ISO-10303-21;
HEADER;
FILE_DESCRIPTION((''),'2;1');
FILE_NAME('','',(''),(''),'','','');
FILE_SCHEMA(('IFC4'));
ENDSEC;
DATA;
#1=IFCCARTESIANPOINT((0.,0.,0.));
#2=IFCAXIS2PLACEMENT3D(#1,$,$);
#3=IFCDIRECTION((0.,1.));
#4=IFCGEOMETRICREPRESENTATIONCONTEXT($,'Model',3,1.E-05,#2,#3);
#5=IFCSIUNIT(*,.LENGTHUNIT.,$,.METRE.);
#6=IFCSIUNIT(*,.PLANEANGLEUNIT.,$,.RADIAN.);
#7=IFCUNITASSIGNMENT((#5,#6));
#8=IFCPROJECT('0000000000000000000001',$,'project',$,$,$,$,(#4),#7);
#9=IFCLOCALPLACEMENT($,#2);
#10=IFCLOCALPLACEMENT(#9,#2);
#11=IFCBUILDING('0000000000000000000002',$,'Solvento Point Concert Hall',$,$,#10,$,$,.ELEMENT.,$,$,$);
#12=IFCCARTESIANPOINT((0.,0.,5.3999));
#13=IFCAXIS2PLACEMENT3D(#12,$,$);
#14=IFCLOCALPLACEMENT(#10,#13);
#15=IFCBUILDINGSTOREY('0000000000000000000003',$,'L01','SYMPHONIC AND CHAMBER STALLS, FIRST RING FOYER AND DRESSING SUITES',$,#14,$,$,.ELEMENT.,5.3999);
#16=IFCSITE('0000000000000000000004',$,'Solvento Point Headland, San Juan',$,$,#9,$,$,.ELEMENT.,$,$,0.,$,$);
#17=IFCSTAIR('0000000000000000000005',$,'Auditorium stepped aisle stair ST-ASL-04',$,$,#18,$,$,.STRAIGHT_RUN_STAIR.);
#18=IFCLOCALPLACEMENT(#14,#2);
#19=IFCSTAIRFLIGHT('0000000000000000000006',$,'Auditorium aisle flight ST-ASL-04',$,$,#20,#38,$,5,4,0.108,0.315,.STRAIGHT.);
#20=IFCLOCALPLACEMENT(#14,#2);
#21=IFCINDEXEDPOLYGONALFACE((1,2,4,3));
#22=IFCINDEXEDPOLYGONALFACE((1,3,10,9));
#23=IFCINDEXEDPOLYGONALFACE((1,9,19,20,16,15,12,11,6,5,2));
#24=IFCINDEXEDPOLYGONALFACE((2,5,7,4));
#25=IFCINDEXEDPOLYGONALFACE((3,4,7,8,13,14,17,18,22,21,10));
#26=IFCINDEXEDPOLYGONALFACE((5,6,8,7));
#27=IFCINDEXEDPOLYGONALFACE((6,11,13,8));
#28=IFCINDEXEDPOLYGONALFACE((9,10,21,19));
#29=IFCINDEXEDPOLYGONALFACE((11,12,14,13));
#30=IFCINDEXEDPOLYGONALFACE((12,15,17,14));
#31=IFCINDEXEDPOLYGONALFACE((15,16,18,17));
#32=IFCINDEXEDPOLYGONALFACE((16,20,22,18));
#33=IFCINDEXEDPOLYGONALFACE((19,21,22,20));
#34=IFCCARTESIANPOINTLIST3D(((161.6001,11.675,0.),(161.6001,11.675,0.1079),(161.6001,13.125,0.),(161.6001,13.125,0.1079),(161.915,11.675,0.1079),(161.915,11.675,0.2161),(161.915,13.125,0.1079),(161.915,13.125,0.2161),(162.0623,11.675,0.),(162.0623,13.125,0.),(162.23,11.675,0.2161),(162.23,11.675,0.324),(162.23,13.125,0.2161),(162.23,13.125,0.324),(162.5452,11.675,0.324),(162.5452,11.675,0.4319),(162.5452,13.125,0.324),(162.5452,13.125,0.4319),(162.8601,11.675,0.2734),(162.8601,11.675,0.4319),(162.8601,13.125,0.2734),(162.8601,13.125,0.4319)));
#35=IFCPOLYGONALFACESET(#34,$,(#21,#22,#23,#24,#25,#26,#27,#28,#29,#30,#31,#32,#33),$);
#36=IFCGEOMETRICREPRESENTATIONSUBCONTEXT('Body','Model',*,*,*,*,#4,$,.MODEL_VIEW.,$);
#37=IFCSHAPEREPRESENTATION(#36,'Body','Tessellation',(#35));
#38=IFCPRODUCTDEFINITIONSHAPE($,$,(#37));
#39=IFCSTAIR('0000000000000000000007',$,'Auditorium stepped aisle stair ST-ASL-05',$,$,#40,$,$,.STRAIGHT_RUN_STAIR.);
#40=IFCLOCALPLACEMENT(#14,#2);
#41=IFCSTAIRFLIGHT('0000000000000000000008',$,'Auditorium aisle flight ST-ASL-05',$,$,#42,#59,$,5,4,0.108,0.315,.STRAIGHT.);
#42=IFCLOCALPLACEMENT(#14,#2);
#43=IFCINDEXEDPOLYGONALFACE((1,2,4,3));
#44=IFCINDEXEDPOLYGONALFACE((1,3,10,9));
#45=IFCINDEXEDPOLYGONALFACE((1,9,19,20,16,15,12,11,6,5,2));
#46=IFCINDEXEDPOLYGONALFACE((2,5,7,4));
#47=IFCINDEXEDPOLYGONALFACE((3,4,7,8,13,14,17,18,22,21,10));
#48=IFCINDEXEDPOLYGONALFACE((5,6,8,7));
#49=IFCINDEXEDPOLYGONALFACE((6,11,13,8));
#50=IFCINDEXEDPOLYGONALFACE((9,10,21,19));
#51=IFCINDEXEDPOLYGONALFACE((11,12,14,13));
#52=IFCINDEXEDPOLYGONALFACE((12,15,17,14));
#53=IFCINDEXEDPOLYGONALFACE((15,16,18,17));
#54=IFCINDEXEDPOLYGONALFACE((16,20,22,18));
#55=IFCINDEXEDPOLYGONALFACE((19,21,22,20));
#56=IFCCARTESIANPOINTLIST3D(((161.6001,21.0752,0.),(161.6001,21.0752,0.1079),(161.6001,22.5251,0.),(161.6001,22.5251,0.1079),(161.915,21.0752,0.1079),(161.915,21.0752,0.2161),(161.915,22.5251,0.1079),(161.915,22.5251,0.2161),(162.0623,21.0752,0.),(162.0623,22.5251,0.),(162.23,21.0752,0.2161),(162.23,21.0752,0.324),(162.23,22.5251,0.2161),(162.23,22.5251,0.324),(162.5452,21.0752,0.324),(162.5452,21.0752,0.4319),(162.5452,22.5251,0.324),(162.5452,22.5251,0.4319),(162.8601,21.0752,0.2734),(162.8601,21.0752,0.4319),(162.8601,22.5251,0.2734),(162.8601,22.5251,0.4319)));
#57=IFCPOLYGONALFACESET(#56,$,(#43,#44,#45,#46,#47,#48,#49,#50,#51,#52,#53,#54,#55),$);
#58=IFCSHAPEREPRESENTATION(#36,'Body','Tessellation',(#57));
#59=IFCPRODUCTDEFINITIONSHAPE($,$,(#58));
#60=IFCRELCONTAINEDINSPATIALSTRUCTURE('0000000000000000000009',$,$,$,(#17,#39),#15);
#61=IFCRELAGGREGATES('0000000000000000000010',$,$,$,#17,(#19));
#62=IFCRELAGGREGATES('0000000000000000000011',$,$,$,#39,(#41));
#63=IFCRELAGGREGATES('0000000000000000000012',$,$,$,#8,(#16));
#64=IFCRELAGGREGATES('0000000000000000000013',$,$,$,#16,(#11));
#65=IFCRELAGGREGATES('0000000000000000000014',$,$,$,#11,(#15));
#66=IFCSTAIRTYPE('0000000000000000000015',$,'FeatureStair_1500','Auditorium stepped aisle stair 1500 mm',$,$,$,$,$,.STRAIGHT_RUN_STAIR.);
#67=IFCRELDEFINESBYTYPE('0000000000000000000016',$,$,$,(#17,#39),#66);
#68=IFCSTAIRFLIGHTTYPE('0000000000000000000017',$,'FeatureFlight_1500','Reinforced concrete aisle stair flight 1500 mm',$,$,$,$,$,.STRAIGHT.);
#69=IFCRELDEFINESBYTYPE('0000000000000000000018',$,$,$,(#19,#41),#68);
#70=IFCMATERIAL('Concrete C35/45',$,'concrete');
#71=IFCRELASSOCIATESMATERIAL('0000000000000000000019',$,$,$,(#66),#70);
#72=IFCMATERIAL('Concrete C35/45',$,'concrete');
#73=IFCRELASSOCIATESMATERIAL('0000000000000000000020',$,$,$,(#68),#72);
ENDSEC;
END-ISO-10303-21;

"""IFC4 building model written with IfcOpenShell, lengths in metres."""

from ifc_helpers import new_model, si_unit, direction, frame, origin, place, context, subcontext, project, spatial, polyline, outline, extrude, material, type_object, element, aggregate, save


model = new_model("IFC4")

# Units and contexts
model_context = context("Model", 3, precision=1e-05, world=origin(), true_north=direction((0.0, 1.0)))
body_context = subcontext(model_context, "Body", "Model", "MODEL_VIEW")
ifc_project = project(units=[si_unit("LENGTHUNIT", "METRE"), si_unit("PLANEANGLEUNIT", "RADIAN")], contexts=[model_context])

# Site, building, storey
site_placement = place(None, origin())
site = spatial("IfcSite", under=ifc_project, at=site_placement, Name="Solvento Point Headland, San Juan", CompositionType="ELEMENT", RefElevation=0.0)
building_placement = place(site_placement, origin())
building = spatial("IfcBuilding", under=site, at=building_placement, Name="Solvento Point Concert Hall", CompositionType="ELEMENT")
storey_placement = place(building_placement, frame((0.0, 0.0, 5.3999)))
storey = spatial("IfcBuildingStorey", under=building, at=storey_placement, Name="L01", Description="SYMPHONIC AND CHAMBER STALLS, FIRST RING FOYER AND DRESSING SUITES", CompositionType="ELEMENT", Elevation=5.3999)

# Stairs, stair flights
ifc_material_1 = material(Name="Concrete C35/45", Category="concrete")
stair_type = type_object("IfcStairType", Name="FeatureStair_1500", Description="Auditorium stepped aisle stair 1500 mm", PredefinedType="STRAIGHT_RUN_STAIR", material=ifc_material_1)
stair_1_placement = place(storey_placement, origin())
stair_1 = element("IfcStair", 1, at=stair_1_placement, inside=storey, type_object=stair_type, Name="Auditorium stepped aisle stair ST-ASL-04", PredefinedType="STRAIGHT_RUN_STAIR")
ifc_material_2 = material(Name="Concrete C35/45", Category="concrete")
stair_flight_type = type_object("IfcStairFlightType", Name="FeatureFlight_1500", Description="Reinforced concrete aisle stair flight 1500 mm", PredefinedType="STRAIGHT", material=ifc_material_2)
stair_flight_1_placement = place(storey_placement, frame((161.6001, 12.3999, 0.0), z_axis=(0.0, 0.0, 1.0), x_axis=(1.0, 0.0, 0.0)))
stair_flight_1 = element("IfcStairFlight", 2, at=stair_flight_1_placement, type_object=stair_flight_type, Name="Auditorium aisle flight ST-ASL-04", NumberOfRisers=5, NumberOfTreads=4, PredefinedType="STRAIGHT", RiserHeight=0.108, TreadLength=0.315, context=body_context, shape_type="SweptSolid", body=[
    extrude(outline(polyline([(0.0, 0.0), (0.0, 0.1079), (0.3149, 0.1079), (0.3149, 0.2161), (0.6299, 0.2161), (0.6299, 0.324), (0.9451, 0.324), (0.9451, 0.4319), (1.26, 0.4319), (1.26, 0.54), (1.26, 0.2734), (0.4622, 0.0), (0.0, 0.0)])), frame((0.0, 0.7251, 0.0), z_axis=(0.0, -1.0, 0.0), x_axis=(1.0, 0.0, 0.0)), (0.0, 0.0, 1.0), 1.45),
])
aggregate(stair_1, [stair_flight_1])
stair_2_placement = place(storey_placement, origin())
stair_2 = element("IfcStair", 3, at=stair_2_placement, inside=storey, type_object=stair_type, Name="Auditorium stepped aisle stair ST-ASL-05", PredefinedType="STRAIGHT_RUN_STAIR")
stair_flight_2_placement = place(storey_placement, frame((161.6001, 21.8, 0.0), z_axis=(0.0, 0.0, 1.0), x_axis=(1.0, 0.0, 0.0)))
stair_flight_2 = element("IfcStairFlight", 4, at=stair_flight_2_placement, type_object=stair_flight_type, Name="Auditorium aisle flight ST-ASL-05", NumberOfRisers=5, NumberOfTreads=4, PredefinedType="STRAIGHT", RiserHeight=0.108, TreadLength=0.315, context=body_context, shape_type="SweptSolid", body=[
    extrude(outline(polyline([(0.0, 0.0), (0.0, 0.1079), (0.3149, 0.1079), (0.3149, 0.2161), (0.6299, 0.2161), (0.6299, 0.324), (0.9451, 0.324), (0.9451, 0.4319), (1.26, 0.4319), (1.26, 0.54), (1.26, 0.2734), (0.4622, 0.0), (0.0, 0.0)])), frame((0.0, 0.7251, 0.0), z_axis=(0.0, -1.0, 0.0), x_axis=(1.0, 0.0, 0.0)), (0.0, 0.0, 1.0), 1.45),
])
aggregate(stair_2, [stair_flight_2])

save(model, "model.ifc")
